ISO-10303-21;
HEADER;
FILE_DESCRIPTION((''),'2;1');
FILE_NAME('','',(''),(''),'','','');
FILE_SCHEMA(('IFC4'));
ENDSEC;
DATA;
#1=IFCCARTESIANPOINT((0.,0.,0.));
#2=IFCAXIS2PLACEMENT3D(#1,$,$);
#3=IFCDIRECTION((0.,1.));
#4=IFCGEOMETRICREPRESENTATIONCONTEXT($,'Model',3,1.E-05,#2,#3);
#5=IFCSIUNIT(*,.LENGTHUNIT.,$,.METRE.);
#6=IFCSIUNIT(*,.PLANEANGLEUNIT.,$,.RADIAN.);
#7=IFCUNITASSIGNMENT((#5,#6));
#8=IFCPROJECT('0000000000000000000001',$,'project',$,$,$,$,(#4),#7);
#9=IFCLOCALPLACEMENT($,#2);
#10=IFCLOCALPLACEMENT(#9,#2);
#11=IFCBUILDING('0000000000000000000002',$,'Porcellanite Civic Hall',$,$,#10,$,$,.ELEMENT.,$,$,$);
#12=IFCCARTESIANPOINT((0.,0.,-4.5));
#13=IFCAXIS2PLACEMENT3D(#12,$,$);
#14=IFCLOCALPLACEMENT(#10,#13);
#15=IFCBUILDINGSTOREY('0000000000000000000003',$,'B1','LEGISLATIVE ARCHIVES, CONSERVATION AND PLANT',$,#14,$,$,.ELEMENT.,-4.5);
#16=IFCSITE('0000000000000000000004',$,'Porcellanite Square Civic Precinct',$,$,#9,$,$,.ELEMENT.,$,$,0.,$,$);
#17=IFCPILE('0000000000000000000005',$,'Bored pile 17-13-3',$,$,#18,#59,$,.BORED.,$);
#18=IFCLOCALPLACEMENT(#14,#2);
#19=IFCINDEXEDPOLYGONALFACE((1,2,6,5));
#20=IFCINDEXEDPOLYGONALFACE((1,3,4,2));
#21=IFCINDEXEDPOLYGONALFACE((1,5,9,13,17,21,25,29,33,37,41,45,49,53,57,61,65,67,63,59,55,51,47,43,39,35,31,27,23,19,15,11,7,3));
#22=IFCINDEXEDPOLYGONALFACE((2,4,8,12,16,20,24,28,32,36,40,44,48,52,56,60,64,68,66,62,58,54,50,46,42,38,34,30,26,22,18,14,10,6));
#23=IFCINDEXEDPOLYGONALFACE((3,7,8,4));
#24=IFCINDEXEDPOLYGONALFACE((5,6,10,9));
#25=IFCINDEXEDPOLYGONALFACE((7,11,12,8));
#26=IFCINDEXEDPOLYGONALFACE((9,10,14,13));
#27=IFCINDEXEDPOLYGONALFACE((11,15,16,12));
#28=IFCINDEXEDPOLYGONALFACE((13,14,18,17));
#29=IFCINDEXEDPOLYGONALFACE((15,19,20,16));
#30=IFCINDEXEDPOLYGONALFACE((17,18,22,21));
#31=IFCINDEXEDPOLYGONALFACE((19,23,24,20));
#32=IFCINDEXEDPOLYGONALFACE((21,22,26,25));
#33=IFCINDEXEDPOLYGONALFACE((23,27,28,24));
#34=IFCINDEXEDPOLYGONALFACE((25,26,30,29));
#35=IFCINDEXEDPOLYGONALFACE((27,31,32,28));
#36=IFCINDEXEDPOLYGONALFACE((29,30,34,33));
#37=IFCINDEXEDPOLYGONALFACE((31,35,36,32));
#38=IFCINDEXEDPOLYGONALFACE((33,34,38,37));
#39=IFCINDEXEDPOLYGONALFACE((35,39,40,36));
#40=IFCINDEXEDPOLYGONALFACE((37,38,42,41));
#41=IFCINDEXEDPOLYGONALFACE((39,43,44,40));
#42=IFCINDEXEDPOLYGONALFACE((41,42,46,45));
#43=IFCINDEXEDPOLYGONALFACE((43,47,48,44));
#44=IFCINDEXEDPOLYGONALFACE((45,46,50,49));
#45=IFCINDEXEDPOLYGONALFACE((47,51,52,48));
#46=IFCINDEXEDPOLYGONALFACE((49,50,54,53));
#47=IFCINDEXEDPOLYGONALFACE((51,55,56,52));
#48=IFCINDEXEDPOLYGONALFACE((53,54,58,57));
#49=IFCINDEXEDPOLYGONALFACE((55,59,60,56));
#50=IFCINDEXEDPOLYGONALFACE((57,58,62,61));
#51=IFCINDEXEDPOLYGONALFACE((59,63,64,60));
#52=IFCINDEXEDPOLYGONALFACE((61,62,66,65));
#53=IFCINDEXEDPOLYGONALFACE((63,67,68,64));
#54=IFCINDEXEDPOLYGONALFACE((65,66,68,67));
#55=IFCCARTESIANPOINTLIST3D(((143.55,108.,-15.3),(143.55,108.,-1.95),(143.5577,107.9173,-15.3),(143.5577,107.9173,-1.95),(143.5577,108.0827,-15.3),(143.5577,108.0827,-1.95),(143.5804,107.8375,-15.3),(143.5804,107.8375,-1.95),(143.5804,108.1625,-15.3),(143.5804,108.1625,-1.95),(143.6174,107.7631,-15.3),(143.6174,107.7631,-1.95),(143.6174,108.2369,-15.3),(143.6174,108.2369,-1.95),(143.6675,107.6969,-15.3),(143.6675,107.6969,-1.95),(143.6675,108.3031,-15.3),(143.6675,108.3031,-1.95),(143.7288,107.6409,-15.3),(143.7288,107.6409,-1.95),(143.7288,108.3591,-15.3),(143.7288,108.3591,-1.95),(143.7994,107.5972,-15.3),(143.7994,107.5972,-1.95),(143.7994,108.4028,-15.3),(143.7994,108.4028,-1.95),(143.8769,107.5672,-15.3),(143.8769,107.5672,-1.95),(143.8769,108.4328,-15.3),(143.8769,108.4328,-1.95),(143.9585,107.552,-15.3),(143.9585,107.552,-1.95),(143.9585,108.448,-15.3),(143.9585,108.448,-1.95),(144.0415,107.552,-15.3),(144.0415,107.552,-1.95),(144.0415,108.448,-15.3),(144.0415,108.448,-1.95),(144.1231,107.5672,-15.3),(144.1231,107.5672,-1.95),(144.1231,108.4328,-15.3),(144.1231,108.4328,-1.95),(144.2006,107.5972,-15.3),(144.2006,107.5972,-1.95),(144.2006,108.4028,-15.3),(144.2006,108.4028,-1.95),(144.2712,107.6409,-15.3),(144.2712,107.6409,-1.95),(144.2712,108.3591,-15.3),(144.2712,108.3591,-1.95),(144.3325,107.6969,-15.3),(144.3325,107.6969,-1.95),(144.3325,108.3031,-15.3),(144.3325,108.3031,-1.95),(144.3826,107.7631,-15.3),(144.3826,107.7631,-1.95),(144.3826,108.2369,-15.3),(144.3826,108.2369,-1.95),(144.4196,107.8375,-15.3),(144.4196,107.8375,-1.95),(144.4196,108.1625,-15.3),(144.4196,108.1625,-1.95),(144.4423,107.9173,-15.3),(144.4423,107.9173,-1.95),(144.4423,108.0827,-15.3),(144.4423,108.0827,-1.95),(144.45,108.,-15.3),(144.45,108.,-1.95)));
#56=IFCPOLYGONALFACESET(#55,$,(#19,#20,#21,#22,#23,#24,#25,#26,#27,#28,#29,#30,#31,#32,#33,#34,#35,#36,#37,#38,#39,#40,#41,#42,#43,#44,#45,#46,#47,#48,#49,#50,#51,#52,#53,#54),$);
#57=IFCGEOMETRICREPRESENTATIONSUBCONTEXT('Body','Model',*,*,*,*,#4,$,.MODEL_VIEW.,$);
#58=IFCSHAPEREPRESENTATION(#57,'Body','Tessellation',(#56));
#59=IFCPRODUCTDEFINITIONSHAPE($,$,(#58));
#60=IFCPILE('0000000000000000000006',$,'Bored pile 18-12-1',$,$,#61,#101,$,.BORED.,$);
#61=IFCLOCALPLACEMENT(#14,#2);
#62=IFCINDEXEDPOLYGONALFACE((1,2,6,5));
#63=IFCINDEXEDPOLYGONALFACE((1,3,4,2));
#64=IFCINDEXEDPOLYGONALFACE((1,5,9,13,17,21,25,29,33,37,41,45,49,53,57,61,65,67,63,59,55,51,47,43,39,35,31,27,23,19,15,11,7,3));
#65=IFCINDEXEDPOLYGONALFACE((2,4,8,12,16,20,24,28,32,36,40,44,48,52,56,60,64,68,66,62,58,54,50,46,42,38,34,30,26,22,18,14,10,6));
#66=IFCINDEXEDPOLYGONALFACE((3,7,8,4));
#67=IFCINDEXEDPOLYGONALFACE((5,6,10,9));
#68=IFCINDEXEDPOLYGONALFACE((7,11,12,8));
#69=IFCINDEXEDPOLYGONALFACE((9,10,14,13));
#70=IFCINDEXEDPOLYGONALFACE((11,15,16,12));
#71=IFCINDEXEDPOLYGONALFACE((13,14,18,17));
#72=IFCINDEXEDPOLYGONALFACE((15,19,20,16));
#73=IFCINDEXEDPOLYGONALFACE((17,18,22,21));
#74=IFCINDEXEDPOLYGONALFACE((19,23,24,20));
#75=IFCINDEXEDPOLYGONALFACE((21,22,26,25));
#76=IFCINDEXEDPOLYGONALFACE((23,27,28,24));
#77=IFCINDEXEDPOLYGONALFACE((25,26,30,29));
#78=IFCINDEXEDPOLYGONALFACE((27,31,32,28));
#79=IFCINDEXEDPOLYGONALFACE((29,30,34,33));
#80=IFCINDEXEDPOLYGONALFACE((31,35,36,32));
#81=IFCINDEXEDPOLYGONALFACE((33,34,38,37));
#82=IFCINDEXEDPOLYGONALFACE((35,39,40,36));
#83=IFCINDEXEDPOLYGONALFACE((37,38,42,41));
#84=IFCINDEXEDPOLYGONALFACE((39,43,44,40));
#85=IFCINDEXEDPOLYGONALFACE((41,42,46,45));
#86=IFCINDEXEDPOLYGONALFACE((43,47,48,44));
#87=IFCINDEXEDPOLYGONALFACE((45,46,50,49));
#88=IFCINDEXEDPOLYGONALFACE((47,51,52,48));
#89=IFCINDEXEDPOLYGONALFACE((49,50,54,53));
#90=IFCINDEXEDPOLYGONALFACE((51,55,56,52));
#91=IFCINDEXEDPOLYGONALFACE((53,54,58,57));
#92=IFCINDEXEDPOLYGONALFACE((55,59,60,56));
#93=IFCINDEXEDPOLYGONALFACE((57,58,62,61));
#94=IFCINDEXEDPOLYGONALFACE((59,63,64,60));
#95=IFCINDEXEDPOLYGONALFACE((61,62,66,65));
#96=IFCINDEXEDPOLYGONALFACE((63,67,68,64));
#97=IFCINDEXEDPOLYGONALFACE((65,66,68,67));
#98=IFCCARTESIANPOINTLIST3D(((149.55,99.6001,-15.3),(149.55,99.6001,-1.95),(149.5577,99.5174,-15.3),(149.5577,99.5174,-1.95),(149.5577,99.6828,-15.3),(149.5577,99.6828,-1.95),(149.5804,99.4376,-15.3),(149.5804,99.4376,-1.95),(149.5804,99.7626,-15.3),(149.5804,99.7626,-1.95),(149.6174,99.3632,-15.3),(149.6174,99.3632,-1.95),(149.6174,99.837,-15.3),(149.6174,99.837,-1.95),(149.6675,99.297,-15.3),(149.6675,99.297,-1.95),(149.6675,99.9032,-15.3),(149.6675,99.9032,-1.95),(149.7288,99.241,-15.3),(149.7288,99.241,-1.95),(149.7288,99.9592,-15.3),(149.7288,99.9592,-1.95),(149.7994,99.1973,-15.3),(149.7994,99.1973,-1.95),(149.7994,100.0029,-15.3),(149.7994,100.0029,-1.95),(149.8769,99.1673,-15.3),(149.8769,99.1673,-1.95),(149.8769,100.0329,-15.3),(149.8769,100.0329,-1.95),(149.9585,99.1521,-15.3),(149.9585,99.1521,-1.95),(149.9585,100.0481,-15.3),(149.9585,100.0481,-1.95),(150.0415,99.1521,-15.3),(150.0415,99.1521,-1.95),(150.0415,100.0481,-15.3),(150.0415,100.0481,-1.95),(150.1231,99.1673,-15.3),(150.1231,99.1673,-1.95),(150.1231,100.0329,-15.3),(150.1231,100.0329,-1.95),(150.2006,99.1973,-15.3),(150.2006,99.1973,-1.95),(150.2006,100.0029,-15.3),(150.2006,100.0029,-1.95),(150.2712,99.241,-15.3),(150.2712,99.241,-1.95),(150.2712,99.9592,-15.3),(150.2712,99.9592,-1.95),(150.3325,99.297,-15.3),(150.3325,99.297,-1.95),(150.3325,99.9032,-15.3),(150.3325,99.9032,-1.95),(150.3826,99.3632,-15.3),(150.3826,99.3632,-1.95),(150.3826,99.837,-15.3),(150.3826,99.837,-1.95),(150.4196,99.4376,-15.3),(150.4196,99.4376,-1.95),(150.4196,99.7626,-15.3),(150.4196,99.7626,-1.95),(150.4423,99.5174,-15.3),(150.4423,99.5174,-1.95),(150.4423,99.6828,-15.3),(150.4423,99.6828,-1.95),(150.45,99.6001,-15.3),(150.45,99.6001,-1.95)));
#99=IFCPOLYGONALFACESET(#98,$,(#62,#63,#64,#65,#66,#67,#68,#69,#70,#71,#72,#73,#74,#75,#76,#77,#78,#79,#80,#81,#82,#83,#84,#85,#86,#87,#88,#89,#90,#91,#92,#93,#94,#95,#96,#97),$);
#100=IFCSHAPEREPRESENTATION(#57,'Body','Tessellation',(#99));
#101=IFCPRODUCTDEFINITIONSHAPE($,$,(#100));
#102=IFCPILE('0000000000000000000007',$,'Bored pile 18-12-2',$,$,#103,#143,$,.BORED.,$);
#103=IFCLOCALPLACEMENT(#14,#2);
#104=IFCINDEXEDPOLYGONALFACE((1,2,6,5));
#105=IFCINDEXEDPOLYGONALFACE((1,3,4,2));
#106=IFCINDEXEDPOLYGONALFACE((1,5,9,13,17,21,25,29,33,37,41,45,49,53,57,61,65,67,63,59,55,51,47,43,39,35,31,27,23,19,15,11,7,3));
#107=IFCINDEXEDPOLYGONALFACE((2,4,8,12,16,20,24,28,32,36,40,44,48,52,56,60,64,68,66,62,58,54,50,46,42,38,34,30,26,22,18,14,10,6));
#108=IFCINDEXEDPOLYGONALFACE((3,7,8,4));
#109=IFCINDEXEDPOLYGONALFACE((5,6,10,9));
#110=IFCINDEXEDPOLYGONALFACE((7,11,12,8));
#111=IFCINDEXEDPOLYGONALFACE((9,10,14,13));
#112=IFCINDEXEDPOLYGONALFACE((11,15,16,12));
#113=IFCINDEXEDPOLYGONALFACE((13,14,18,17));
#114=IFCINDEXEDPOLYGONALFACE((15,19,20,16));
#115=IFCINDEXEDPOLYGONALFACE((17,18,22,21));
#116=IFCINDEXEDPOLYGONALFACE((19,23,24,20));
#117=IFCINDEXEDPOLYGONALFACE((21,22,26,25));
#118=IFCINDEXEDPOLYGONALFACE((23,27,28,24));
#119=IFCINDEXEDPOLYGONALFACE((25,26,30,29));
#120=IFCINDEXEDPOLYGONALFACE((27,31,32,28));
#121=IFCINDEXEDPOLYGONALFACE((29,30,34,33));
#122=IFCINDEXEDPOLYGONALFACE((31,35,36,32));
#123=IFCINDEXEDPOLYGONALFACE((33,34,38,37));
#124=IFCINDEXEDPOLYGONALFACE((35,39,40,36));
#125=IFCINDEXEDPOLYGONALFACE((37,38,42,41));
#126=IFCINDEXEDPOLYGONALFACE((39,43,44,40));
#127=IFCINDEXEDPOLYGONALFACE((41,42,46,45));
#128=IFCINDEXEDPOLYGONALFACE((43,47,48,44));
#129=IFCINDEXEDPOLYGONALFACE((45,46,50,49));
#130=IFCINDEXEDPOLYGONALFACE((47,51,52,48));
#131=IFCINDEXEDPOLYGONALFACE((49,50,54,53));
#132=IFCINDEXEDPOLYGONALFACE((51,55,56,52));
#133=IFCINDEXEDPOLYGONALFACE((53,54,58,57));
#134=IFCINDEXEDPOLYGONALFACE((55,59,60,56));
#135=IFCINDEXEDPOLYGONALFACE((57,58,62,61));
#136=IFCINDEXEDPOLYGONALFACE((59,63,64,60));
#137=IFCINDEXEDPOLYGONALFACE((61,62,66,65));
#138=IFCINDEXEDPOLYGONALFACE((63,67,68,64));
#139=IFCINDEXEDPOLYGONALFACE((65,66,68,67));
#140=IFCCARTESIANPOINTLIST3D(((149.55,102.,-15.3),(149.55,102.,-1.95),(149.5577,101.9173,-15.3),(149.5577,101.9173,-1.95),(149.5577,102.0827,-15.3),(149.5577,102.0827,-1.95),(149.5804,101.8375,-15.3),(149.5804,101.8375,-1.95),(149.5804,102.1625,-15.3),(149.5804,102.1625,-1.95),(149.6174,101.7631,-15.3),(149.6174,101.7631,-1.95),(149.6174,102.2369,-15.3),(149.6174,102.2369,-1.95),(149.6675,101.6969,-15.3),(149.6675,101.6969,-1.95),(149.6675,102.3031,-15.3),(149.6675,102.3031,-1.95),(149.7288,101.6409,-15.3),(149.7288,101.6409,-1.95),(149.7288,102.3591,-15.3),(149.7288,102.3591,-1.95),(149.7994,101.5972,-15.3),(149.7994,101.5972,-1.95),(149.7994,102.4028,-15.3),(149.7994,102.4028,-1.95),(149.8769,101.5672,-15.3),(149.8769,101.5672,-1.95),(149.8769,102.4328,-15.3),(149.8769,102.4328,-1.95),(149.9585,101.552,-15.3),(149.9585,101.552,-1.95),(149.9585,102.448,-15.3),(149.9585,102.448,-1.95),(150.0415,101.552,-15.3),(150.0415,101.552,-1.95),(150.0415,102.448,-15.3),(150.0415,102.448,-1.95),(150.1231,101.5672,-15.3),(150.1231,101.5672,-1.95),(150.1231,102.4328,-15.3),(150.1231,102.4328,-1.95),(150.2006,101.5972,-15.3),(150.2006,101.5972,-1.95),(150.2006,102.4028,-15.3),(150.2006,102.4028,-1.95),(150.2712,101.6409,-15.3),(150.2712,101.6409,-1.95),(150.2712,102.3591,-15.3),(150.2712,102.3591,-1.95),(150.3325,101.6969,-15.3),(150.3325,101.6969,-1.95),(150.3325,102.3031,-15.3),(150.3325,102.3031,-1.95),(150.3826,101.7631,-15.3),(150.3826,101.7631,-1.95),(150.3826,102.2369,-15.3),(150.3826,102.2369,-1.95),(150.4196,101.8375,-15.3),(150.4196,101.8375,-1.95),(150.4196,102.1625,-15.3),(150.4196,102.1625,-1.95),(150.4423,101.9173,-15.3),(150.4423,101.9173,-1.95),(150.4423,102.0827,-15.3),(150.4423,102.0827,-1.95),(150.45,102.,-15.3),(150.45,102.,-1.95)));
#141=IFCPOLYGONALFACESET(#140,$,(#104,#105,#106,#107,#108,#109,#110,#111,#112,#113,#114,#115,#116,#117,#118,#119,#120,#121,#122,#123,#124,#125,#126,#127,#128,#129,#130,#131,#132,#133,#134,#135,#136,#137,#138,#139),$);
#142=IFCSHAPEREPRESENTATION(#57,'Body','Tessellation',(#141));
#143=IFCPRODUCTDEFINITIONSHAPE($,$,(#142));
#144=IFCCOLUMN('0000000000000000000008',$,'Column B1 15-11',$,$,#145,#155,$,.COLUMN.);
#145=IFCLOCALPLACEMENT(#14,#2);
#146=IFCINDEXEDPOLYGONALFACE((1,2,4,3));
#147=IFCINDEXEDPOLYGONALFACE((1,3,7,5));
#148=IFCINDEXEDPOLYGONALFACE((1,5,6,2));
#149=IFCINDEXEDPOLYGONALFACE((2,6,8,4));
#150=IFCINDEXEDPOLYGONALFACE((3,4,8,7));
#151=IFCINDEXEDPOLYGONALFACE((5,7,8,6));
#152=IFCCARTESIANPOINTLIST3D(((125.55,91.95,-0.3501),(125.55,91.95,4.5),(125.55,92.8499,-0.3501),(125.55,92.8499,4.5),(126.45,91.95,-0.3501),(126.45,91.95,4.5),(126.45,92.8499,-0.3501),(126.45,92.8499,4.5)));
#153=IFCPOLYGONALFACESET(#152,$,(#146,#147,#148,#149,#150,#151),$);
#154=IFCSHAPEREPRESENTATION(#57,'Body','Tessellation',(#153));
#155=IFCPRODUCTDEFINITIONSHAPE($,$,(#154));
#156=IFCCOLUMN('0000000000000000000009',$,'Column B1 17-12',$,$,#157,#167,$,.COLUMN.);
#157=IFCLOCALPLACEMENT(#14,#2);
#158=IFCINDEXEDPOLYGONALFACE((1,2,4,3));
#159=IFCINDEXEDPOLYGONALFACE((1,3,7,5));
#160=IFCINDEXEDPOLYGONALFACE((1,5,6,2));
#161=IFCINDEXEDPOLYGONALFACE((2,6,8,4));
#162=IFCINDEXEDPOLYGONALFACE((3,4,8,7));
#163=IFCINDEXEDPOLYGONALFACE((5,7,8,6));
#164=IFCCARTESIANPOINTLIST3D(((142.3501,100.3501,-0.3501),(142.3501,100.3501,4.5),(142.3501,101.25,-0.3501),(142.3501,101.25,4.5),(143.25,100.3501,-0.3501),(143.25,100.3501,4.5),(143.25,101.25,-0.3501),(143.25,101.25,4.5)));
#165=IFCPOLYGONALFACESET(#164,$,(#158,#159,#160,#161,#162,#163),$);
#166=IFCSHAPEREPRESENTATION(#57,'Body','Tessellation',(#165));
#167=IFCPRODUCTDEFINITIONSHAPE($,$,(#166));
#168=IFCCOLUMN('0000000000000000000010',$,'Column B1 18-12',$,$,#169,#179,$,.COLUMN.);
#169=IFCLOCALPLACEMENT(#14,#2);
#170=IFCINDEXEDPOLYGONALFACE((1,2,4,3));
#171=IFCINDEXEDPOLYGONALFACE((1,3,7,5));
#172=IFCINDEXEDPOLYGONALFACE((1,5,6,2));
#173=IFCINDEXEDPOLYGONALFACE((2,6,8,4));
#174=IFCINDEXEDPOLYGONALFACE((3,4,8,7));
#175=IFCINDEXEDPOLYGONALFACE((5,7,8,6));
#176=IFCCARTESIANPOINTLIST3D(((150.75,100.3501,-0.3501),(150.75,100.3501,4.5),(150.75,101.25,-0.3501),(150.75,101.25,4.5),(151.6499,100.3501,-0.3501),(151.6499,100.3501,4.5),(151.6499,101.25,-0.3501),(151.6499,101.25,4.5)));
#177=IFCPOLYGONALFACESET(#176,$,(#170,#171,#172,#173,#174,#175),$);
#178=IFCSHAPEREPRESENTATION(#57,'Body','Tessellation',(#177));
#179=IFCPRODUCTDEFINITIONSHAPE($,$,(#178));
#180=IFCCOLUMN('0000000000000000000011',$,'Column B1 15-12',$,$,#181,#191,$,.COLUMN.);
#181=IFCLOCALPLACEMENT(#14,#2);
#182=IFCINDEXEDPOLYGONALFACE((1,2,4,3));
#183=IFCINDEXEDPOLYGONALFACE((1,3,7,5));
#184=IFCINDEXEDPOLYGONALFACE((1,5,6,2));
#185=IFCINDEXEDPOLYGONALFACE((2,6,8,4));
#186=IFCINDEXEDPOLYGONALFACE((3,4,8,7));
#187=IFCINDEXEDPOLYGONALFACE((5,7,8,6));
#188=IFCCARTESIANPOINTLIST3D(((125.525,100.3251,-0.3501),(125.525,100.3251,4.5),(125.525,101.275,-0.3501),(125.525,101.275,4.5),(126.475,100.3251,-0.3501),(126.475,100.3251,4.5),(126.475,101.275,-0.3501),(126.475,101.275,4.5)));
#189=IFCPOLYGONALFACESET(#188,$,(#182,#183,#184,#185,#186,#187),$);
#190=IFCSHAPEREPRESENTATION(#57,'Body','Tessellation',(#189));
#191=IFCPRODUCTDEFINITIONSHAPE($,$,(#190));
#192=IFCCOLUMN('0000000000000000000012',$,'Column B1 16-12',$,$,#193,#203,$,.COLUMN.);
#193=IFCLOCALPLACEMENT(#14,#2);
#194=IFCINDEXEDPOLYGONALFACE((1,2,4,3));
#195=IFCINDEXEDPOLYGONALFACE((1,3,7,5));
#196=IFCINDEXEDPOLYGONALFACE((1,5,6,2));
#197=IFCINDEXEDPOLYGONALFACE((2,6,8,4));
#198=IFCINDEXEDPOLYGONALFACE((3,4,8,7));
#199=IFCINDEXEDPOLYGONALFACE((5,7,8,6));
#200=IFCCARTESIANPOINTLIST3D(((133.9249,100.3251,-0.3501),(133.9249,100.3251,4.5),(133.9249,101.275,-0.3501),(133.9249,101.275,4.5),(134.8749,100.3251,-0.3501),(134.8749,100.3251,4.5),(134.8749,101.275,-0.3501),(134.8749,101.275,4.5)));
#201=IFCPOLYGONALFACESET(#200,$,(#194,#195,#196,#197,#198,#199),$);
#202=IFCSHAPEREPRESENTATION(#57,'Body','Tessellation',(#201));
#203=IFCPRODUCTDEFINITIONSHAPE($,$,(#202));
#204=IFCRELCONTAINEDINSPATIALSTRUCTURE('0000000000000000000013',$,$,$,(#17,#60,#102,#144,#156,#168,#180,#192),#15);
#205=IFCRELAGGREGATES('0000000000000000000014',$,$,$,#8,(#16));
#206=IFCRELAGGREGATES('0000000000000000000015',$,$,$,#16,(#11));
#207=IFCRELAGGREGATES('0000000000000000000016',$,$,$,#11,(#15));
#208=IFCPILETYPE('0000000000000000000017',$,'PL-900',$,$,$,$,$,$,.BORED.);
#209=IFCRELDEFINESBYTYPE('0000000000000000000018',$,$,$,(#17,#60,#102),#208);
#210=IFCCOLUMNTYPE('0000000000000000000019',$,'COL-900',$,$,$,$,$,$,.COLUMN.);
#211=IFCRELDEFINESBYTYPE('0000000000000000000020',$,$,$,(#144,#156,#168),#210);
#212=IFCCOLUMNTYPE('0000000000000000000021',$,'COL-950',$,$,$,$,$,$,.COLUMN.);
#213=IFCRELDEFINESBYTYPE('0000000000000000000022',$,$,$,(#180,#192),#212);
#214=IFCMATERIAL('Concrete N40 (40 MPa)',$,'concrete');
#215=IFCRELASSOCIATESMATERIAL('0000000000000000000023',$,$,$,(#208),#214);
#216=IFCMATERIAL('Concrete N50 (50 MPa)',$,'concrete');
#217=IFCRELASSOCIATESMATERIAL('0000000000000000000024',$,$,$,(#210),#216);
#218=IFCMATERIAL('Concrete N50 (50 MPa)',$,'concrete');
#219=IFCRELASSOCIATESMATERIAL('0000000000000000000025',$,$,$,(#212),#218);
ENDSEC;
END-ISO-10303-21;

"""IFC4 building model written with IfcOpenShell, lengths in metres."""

from ifc_helpers import new_model, si_unit, direction, frame, origin, origin_2d, place, context, subcontext, project, spatial, rectangle, circle, extrude, material, material_profile, profile_set, type_object, element, save


model = new_model("IFC4")

# Units and contexts
model_context = context("Model", 3, precision=1e-05, world=origin(), true_north=direction((0.0, 1.0)))
body_context = subcontext(model_context, "Body", "Model", "MODEL_VIEW")
ifc_project = project(units=[si_unit("LENGTHUNIT", "METRE"), si_unit("PLANEANGLEUNIT", "RADIAN")], contexts=[model_context])

# Site, building, storey
site_placement = place(None, origin())
site = spatial("IfcSite", under=ifc_project, at=site_placement, Name="Porcellanite Square Civic Precinct", CompositionType="ELEMENT", RefElevation=0.0)
building_placement = place(site_placement, origin())
building = spatial("IfcBuilding", under=site, at=building_placement, Name="Porcellanite Civic Hall", CompositionType="ELEMENT")
storey_placement = place(building_placement, frame((0.0, 0.0, -4.5)))
storey = spatial("IfcBuildingStorey", under=building, at=storey_placement, Name="B1", Description="LEGISLATIVE ARCHIVES, CONSERVATION AND PLANT", CompositionType="ELEMENT", Elevation=-4.5)

# Piles
ifc_material_1 = material(Name="Concrete N40 (40 MPa)", Category="concrete")
ifc_material_profile_1 = material_profile(ifc_material_1, circle(Radius=0.45, at=origin_2d()), Name="PILE-D900")
ifc_profile_set_1 = profile_set([ifc_material_profile_1], Name="Concrete N40 (40 MPa)")
pile_type_1 = type_object("IfcPileType", Name="PL-900", PredefinedType="BORED", material=ifc_profile_set_1)
for number, where, z_axis, x_axis, name in (
    (1, (144.0, 108.0, -1.95), (0.0, 0.0, -1.0), (1.0, 0.0, 0.0), "Bored pile 17-13-3"),
    (2, (150.0, 99.6001, -1.95), (0.0, 0.0, -1.0), (1.0, 0.0, 0.0), "Bored pile 18-12-1"),
    (3, (150.0, 102.0, -1.95), (0.0, 0.0, -1.0), (1.0, 0.0, 0.0), "Bored pile 18-12-2"),
):
    element("IfcPile", number, at=place(storey_placement, frame(where, z_axis=z_axis, x_axis=x_axis)), inside=storey, type_object=pile_type_1, Name=name, PredefinedType="BORED", context=body_context, shape_type="SweptSolid", body=[
        extrude(circle(Radius=0.45, at=origin_2d()), origin(), (0.0, 0.0, 1.0), 13.3501),
    ])

# Columns
ifc_material_2 = material(Name="Concrete N50 (50 MPa)", Category="concrete")
ifc_material_profile_2 = material_profile(ifc_material_2, rectangle(XDim=0.8999, YDim=0.8999, at=origin_2d()), Name="RC-900x900")
ifc_profile_set_2 = profile_set([ifc_material_profile_2], Name="Concrete N50 (50 MPa)")
column_type_1 = type_object("IfcColumnType", Name="COL-900", PredefinedType="COLUMN", material=ifc_profile_set_2)
for number, where, z_axis, x_axis, name in (
    (4, (126.0, 92.3999, -0.3501), (0.0, 0.0, 1.0), (1.0, 0.0, 0.0), "Column B1 15-11"),
    (5, (142.8, 100.8, -0.3501), (0.0, 0.0, 1.0), (1.0, 0.0, 0.0), "Column B1 17-12"),
    (6, (151.2, 100.8, -0.3501), (0.0, 0.0, 1.0), (1.0, 0.0, 0.0), "Column B1 18-12"),
):
    element("IfcColumn", number, at=place(storey_placement, frame(where, z_axis=z_axis, x_axis=x_axis)), inside=storey, type_object=column_type_1, Name=name, PredefinedType="COLUMN", context=body_context, shape_type="SweptSolid", body=[
        extrude(rectangle(XDim=0.8999, YDim=0.8999, at=origin_2d()), origin(), (0.0, 0.0, 1.0), 4.8501),
    ])
ifc_material_3 = material(Name="Concrete N50 (50 MPa)", Category="concrete")
ifc_material_profile_3 = material_profile(ifc_material_3, rectangle(XDim=0.95, YDim=0.95, at=origin_2d()), Name="RC-950x950")
ifc_profile_set_3 = profile_set([ifc_material_profile_3], Name="Concrete N50 (50 MPa)")
column_type_2 = type_object("IfcColumnType", Name="COL-950", PredefinedType="COLUMN", material=ifc_profile_set_3)
for number, where, z_axis, x_axis, name in (
    (7, (126.0, 100.8, -0.3501), (0.0, 0.0, 1.0), (1.0, 0.0, 0.0), "Column B1 15-12"),
    (8, (134.3999, 100.8, -0.3501), (0.0, 0.0, 1.0), (1.0, 0.0, 0.0), "Column B1 16-12"),
):
    element("IfcColumn", number, at=place(storey_placement, frame(where, z_axis=z_axis, x_axis=x_axis)), inside=storey, type_object=column_type_2, Name=name, PredefinedType="COLUMN", context=body_context, shape_type="SweptSolid", body=[
        extrude(rectangle(XDim=0.95, YDim=0.95, at=origin_2d()), origin(), (0.0, 0.0, 1.0), 4.8501),
    ])

save(model, "model.ifc")
